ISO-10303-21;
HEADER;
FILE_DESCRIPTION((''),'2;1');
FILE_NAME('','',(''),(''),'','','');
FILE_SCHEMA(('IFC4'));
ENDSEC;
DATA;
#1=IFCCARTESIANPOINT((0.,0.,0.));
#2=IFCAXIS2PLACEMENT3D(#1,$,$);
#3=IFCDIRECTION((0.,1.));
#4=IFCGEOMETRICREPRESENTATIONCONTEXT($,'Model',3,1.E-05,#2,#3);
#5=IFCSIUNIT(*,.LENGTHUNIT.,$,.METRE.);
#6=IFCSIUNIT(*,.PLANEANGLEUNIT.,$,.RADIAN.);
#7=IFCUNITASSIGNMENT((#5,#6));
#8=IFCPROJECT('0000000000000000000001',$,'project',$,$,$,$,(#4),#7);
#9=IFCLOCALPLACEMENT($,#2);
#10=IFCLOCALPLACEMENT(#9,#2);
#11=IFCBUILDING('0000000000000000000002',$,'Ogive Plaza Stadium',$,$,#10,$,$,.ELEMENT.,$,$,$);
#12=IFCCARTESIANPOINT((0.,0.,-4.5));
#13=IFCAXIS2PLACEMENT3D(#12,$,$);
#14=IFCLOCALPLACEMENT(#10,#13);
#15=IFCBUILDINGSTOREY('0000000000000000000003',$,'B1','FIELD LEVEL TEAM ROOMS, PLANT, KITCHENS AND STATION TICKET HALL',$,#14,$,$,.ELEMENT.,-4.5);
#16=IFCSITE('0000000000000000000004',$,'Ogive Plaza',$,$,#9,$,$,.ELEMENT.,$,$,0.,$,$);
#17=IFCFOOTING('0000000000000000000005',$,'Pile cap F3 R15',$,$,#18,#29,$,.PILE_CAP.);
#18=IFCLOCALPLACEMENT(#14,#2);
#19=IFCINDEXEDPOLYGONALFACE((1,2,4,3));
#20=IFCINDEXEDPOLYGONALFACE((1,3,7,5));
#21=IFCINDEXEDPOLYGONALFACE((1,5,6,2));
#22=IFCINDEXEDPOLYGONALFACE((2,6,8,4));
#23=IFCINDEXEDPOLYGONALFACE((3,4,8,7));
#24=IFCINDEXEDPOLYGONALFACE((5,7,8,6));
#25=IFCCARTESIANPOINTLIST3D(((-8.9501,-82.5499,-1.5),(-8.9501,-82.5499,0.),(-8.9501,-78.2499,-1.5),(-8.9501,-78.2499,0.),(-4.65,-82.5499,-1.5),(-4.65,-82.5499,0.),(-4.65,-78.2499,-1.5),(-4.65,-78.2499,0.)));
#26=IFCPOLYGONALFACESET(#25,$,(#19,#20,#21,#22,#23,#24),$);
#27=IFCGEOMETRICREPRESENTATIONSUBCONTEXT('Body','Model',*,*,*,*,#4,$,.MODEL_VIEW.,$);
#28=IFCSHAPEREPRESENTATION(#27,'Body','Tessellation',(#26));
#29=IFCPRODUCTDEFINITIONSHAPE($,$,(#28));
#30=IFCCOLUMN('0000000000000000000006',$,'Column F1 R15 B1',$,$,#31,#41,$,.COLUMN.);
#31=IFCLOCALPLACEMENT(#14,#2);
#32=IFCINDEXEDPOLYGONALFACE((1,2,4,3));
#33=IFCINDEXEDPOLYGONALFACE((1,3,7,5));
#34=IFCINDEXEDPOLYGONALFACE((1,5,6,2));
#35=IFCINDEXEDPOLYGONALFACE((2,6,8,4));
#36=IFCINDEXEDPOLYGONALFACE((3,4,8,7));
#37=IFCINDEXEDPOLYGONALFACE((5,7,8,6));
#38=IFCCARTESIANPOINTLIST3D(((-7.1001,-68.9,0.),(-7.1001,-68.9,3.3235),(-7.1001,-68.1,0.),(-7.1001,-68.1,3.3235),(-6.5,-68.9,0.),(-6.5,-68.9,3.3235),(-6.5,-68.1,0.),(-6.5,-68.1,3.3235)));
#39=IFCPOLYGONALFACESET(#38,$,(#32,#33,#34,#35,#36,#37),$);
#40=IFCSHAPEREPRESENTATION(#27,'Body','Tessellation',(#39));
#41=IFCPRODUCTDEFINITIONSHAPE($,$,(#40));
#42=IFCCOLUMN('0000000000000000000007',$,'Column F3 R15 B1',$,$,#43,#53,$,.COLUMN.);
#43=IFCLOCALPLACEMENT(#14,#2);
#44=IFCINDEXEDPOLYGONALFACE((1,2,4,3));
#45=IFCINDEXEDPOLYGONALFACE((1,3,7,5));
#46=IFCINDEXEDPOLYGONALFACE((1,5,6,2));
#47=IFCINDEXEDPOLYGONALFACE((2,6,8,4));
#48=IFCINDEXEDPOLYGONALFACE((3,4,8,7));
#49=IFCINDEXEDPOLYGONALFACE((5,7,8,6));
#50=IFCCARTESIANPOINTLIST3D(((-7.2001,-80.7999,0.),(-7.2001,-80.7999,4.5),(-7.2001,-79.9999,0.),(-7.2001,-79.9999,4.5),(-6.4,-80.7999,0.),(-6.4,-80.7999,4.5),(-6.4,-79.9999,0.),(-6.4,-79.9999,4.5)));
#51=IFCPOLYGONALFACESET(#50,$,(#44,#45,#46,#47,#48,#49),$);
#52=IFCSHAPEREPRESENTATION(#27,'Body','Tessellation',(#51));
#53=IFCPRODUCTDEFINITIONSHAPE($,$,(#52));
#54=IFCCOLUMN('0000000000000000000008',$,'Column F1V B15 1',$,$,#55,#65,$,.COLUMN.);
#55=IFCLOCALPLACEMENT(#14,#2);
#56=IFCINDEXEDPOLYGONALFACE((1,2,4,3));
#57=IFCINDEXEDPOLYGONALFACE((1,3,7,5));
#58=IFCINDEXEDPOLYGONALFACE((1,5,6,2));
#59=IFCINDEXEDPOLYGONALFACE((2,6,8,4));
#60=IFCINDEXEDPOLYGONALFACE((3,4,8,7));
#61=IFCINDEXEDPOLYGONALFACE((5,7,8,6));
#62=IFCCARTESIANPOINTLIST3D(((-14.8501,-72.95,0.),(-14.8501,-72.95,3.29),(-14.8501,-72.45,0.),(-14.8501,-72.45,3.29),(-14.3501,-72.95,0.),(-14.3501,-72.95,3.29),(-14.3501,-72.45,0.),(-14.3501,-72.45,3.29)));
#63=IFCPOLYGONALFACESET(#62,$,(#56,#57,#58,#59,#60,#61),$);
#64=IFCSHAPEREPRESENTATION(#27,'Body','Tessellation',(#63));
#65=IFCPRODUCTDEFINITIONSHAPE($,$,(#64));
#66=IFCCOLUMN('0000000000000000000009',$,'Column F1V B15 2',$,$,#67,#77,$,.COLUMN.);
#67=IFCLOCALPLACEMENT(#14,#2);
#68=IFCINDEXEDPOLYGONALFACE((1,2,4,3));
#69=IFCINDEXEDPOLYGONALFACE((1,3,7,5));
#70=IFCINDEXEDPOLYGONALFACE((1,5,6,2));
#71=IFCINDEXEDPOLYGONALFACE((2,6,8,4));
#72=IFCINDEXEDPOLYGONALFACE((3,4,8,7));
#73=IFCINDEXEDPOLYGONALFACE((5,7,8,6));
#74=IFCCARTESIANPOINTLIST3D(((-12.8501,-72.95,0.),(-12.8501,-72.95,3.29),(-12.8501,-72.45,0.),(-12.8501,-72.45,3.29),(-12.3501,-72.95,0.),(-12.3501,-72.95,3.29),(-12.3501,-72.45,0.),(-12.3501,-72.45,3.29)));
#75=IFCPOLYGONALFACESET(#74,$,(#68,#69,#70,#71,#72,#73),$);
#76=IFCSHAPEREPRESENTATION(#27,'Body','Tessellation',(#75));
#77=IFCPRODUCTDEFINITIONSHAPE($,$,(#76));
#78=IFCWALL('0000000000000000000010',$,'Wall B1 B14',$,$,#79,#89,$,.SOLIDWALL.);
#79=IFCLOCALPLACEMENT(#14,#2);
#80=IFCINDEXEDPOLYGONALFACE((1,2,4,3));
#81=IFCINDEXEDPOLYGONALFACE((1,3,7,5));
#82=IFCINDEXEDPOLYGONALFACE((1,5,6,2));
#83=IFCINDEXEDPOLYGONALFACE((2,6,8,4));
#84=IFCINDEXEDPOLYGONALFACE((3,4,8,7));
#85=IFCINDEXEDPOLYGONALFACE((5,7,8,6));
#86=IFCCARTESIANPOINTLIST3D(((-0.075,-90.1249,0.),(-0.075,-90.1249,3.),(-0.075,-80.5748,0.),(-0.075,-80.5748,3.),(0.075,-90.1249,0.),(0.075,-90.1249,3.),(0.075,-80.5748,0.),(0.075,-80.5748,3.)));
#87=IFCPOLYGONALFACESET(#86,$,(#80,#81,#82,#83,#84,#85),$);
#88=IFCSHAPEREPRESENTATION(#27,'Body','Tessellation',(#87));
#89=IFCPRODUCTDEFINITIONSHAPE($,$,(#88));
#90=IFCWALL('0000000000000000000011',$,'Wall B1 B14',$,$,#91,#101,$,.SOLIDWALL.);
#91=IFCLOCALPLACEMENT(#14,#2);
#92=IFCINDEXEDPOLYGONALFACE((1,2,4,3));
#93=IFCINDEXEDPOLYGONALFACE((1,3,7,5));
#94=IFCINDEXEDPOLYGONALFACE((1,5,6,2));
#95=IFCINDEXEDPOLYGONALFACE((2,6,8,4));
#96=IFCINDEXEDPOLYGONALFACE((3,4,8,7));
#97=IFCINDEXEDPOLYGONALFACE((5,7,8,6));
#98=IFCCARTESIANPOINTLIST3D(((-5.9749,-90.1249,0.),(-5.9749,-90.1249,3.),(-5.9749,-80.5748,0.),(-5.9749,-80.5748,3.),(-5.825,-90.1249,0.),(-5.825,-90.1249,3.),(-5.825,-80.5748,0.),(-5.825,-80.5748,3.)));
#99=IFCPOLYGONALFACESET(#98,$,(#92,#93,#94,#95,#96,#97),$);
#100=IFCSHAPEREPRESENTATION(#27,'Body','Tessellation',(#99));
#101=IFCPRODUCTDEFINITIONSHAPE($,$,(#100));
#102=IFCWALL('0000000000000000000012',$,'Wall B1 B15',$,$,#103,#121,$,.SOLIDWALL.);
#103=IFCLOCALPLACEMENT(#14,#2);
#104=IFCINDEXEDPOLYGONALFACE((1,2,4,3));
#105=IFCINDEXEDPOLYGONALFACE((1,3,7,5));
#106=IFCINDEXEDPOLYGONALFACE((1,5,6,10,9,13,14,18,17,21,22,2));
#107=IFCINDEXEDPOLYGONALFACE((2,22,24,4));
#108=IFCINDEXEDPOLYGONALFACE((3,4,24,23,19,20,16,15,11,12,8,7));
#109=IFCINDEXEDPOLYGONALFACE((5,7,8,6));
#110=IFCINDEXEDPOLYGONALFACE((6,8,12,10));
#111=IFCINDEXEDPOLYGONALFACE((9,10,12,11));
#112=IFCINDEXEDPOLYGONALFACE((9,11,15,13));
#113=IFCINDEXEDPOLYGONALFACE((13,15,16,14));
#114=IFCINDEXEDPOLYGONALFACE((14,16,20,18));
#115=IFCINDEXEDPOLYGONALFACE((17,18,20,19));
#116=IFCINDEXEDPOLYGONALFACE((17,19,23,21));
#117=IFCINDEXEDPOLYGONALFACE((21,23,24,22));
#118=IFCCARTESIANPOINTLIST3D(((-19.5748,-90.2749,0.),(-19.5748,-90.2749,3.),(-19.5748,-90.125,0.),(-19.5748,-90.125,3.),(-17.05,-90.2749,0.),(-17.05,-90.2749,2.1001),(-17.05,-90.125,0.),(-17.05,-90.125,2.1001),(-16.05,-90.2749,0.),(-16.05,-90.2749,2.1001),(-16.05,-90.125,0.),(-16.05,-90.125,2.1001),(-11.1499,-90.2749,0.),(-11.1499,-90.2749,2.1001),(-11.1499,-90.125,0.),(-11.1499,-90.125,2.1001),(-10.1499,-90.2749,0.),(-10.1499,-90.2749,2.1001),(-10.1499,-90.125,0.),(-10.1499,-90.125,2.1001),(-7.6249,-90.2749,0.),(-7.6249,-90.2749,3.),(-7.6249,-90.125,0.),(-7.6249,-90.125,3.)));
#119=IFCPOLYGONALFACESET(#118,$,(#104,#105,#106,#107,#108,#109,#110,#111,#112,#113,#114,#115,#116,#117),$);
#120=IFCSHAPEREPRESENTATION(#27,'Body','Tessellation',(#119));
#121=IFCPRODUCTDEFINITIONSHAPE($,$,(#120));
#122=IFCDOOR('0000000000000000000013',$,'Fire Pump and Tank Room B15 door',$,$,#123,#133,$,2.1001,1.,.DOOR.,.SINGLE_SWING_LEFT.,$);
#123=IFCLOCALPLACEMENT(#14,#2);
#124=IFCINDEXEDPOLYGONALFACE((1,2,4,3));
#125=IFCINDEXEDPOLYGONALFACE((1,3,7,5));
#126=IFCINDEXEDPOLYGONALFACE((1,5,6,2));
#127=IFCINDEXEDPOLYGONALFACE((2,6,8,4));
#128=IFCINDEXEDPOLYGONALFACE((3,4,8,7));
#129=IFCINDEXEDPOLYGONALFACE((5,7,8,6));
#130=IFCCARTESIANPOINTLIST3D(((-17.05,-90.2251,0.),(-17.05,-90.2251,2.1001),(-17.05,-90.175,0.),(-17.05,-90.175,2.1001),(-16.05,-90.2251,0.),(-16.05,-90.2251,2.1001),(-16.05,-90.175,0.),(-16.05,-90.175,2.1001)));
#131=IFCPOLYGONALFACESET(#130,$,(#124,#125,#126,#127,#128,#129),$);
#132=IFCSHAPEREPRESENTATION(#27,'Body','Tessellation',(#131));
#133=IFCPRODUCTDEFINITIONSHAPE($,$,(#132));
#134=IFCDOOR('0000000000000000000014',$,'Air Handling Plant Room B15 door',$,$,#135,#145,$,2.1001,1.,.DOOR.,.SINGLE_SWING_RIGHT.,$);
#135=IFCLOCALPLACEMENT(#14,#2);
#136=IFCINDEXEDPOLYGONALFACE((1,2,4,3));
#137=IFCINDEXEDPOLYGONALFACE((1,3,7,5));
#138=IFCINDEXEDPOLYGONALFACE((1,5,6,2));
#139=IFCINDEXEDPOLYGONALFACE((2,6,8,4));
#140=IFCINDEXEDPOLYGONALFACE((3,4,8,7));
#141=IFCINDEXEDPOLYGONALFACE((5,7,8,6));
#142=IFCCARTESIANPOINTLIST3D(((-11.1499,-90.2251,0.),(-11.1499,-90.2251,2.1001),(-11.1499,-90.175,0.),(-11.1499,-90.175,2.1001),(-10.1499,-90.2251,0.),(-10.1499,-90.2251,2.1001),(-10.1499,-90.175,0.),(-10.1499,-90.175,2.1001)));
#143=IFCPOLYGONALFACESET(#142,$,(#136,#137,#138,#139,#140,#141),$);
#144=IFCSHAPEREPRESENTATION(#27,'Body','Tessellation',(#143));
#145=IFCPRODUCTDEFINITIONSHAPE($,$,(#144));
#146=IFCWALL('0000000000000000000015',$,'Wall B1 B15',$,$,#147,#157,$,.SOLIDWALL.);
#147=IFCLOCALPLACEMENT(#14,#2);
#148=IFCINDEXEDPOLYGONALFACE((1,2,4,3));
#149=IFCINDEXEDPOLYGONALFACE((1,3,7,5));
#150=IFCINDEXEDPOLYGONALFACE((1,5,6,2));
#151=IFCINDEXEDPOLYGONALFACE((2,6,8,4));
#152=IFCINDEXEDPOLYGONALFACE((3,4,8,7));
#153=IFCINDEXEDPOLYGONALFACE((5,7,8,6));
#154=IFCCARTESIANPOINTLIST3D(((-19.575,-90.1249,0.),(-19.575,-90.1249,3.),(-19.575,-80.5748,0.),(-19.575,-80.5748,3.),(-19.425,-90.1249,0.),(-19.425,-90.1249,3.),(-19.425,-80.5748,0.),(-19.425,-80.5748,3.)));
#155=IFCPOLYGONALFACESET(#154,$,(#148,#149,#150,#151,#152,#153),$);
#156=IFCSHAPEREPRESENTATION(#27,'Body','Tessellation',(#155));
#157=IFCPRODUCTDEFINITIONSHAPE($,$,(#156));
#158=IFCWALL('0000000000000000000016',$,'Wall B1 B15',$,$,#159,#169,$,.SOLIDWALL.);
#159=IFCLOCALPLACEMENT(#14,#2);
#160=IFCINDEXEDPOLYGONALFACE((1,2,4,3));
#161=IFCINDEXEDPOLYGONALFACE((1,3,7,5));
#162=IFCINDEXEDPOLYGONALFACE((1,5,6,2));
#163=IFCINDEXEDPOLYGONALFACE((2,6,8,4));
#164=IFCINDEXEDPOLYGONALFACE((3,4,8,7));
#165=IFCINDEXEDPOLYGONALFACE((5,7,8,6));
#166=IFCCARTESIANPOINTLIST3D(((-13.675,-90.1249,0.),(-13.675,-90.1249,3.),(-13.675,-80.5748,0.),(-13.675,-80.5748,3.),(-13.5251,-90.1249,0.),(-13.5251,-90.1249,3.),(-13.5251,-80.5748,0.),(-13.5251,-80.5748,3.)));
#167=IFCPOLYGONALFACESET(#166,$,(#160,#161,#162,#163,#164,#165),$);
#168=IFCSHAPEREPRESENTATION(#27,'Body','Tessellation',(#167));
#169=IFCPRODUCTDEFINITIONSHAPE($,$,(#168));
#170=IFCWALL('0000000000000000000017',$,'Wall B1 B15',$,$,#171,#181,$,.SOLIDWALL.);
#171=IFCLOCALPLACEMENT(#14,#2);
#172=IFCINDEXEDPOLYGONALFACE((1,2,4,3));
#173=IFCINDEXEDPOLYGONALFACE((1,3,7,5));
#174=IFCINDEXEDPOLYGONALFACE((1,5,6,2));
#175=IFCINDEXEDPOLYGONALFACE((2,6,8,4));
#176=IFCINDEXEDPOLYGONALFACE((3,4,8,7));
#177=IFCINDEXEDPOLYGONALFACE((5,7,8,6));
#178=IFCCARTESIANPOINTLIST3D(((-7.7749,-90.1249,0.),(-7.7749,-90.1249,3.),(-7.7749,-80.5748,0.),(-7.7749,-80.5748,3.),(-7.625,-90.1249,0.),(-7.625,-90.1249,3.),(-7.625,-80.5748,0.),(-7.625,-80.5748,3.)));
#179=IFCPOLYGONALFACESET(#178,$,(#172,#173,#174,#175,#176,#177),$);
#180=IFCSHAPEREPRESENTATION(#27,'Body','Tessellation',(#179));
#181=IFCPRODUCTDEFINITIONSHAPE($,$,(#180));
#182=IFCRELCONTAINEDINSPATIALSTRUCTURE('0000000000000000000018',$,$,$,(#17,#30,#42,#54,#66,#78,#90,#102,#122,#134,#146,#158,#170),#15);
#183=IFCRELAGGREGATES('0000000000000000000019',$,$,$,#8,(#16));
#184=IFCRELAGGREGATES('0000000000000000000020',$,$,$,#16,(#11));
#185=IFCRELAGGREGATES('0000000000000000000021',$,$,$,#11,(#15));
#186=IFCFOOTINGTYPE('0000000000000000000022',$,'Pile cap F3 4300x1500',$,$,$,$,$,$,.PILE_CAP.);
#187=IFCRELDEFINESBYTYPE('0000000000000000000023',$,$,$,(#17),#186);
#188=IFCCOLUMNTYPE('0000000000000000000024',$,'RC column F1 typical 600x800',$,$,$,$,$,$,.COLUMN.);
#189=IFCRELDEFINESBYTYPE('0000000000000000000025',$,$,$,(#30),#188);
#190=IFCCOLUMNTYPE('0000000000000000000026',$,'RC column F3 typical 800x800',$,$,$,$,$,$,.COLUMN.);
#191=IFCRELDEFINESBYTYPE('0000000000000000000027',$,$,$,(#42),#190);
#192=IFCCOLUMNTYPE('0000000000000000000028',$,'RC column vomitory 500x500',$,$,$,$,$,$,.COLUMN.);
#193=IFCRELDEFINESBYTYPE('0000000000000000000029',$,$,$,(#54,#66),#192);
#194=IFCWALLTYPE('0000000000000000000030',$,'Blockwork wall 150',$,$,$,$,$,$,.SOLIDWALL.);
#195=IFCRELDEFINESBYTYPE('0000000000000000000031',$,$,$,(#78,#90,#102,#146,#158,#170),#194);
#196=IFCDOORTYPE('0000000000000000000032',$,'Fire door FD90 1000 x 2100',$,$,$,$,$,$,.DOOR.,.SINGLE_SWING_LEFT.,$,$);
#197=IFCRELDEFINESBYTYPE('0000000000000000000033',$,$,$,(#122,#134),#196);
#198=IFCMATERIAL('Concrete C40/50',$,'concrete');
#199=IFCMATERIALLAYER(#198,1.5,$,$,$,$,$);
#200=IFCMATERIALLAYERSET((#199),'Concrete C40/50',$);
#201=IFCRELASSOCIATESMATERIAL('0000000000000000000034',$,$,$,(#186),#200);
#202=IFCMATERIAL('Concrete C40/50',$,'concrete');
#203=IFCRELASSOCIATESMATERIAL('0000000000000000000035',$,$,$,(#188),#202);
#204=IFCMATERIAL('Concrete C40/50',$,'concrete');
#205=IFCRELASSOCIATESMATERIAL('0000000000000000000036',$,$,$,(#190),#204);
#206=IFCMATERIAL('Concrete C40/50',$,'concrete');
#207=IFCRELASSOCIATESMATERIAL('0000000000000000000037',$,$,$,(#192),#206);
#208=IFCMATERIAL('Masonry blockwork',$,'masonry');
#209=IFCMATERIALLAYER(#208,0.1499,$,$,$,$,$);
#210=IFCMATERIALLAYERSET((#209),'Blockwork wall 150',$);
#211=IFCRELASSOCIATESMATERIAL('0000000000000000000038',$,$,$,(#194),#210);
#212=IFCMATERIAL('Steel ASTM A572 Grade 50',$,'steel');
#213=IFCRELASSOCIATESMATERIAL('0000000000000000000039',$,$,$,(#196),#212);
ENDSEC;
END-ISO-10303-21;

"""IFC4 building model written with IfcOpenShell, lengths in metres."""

from ifc_helpers import new_model, si_unit, direction, frame, frame_2d, origin, origin_2d, place, context, subcontext, project, spatial, rectangle, extrude, material, layer, layer_set, material_profile, profile_set, type_object, element, fill, save


model = new_model("IFC4")

# Units and contexts
model_context = context("Model", 3, precision=1e-05, world=origin(), true_north=direction((0.0, 1.0)))
body_context = subcontext(model_context, "Body", "Model", "MODEL_VIEW")
ifc_project = project(units=[si_unit("LENGTHUNIT", "METRE"), si_unit("PLANEANGLEUNIT", "RADIAN")], contexts=[model_context])

# Site, building, storey
site_placement = place(None, origin())
site = spatial("IfcSite", under=ifc_project, at=site_placement, Name="Ogive Plaza", CompositionType="ELEMENT", RefElevation=0.0)
building_placement = place(site_placement, origin())
building = spatial("IfcBuilding", under=site, at=building_placement, Name="Ogive Plaza Stadium", CompositionType="ELEMENT")
storey_placement = place(building_placement, frame((0.0, 0.0, -4.5)))
storey = spatial("IfcBuildingStorey", under=building, at=storey_placement, Name="B1", Description="FIELD LEVEL TEAM ROOMS, PLANT, KITCHENS AND STATION TICKET HALL", CompositionType="ELEMENT", Elevation=-4.5)

# Footing
ifc_material_1 = material(Name="Concrete C40/50", Category="concrete")
ifc_layer_1 = layer(ifc_material_1, 1.5)
ifc_layer_set_1 = layer_set([ifc_layer_1], Name="Concrete C40/50")
footing_type_1 = type_object("IfcFootingType", Name="Pile cap F3 4300x1500", PredefinedType="PILE_CAP", material=ifc_layer_set_1)
footing_1_placement = place(storey_placement, frame((-6.8, -80.3999, -1.5), z_axis=(0.0, 0.0, 1.0), x_axis=(0.0, -1.0, 0.0)))
element("IfcFooting", 1, at=footing_1_placement, inside=storey, type_object=footing_type_1, Name="Pile cap F3 R15", PredefinedType="PILE_CAP", context=body_context, shape_type="SweptSolid", body=[
    extrude(rectangle(XDim=4.3, YDim=4.3, at=origin_2d()), origin(), (0.0, 0.0, 1.0), 1.5),
])

# Columns
ifc_material_2 = material(Name="Concrete C40/50", Category="concrete")
ifc_material_profile_1 = material_profile(ifc_material_2, rectangle(XDim=0.6001, YDim=0.8, at=origin_2d()), Name="RC 600x800")
ifc_profile_set_1 = profile_set([ifc_material_profile_1], Name="Concrete C40/50")
column_type_1 = type_object("IfcColumnType", Name="RC column F1 typical 600x800", PredefinedType="COLUMN", material=ifc_profile_set_1)
column_1_placement = place(storey_placement, frame((-6.8, -68.5, 0.0), z_axis=(0.0, 0.0, 1.0), x_axis=(1.0, 0.0, 0.0)))
element("IfcColumn", 2, at=column_1_placement, inside=storey, type_object=column_type_1, Name="Column F1 R15 B1", PredefinedType="COLUMN", context=body_context, shape_type="SweptSolid", body=[
    extrude(rectangle(XDim=0.6001, YDim=0.8, at=origin_2d()), origin(), (0.0, 0.0, 1.0), 3.3235),
])
ifc_material_3 = material(Name="Concrete C40/50", Category="concrete")
ifc_material_profile_2 = material_profile(ifc_material_3, rectangle(XDim=0.8, YDim=0.8, at=origin_2d()), Name="RC 800x800")
ifc_profile_set_2 = profile_set([ifc_material_profile_2], Name="Concrete C40/50")
column_type_2 = type_object("IfcColumnType", Name="RC column F3 typical 800x800", PredefinedType="COLUMN", material=ifc_profile_set_2)
column_2_placement = place(storey_placement, frame((-6.8, -80.3999, 0.0), z_axis=(0.0, 0.0, 1.0), x_axis=(1.0, 0.0, 0.0)))
element("IfcColumn", 3, at=column_2_placement, inside=storey, type_object=column_type_2, Name="Column F3 R15 B1", PredefinedType="COLUMN", context=body_context, shape_type="SweptSolid", body=[
    extrude(rectangle(XDim=0.8, YDim=0.8, at=origin_2d()), origin(), (0.0, 0.0, 1.0), 4.5),
])
ifc_material_4 = material(Name="Concrete C40/50", Category="concrete")
ifc_material_profile_3 = material_profile(ifc_material_4, rectangle(XDim=0.5, YDim=0.5, at=origin_2d()), Name="RC 500x500")
ifc_profile_set_3 = profile_set([ifc_material_profile_3], Name="Concrete C40/50")
column_type_3 = type_object("IfcColumnType", Name="RC column vomitory 500x500", PredefinedType="COLUMN", material=ifc_profile_set_3)
for number, where, z_axis, x_axis, name in (
    (4, (-14.6001, -72.7, 0.0), (0.0, 0.0, 1.0), (1.0, 0.0, 0.0), "Column F1V B15 1"),
    (5, (-12.6001, -72.7, 0.0), (0.0, 0.0, 1.0), (1.0, 0.0, 0.0), "Column F1V B15 2"),
):
    element("IfcColumn", number, at=place(storey_placement, frame(where, z_axis=z_axis, x_axis=x_axis)), inside=storey, type_object=column_type_3, Name=name, PredefinedType="COLUMN", context=body_context, shape_type="SweptSolid", body=[
        extrude(rectangle(XDim=0.5, YDim=0.5, at=origin_2d()), origin(), (0.0, 0.0, 1.0), 3.29),
    ])

# Walls
ifc_material_5 = material(Name="Masonry blockwork", Category="masonry")
ifc_layer_2 = layer(ifc_material_5, 0.1499)
ifc_layer_set_2 = layer_set([ifc_layer_2], Name="Blockwork wall 150")
wall_type = type_object("IfcWallType", Name="Blockwork wall 150", PredefinedType="SOLIDWALL", material=ifc_layer_set_2)
for number, where, z_axis, x_axis, name in (
    (6, (0.0, -80.575, 0.0), (0.0, 0.0, 1.0), (0.0, -1.0, 0.0), "Wall B1 B14"),
    (7, (-5.8999, -80.575, 0.0), (0.0, 0.0, 1.0), (0.0, -1.0, 0.0), "Wall B1 B14"),
):
    element("IfcWall", number, at=place(storey_placement, frame(where, z_axis=z_axis, x_axis=x_axis)), inside=storey, type_object=wall_type, Name=name, PredefinedType="SOLIDWALL", context=body_context, shape_type="SweptSolid", body=[
        extrude(rectangle(XDim=9.55, YDim=0.1499, at=frame_2d((4.7749, 0.0))), origin(), (0.0, 0.0, 1.0), 3.0),
    ])

# Wall, openings, doors
wall_placement = place(storey_placement, frame((-19.575, -90.2, 0.0), z_axis=(0.0, 0.0, 1.0), x_axis=(1.0, 0.0, 0.0)))
wall = element("IfcWall", 8, at=wall_placement, inside=storey, type_object=wall_type, Name="Wall B1 B15", PredefinedType="SOLIDWALL", context=body_context, shape_type="SweptSolid", body=[
    extrude(rectangle(XDim=11.95, YDim=0.1499, at=frame_2d((5.9751, 0.0))), origin(), (0.0, 0.0, 1.0), 3.0),
])
opening_1_placement = place(wall_placement, frame((2.5249, 0.0, 0.0)))
opening_1 = element("IfcOpeningElement", 9, at=opening_1_placement, cuts=wall, PredefinedType="OPENING", context=body_context, shape_type="SweptSolid", body=[
    extrude(rectangle(XDim=1.0, YDim=2.1001, at=frame_2d((0.5, 1.05))), frame((0.0, 0.075, 0.0), z_axis=(0.0, -1.0, 0.0), x_axis=(1.0, 0.0, 0.0)), (0.0, 0.0, 1.0), 0.1499),
])
opening_2_placement = place(wall_placement, frame((8.425, 0.0, 0.0)))
opening_2 = element("IfcOpeningElement", 10, at=opening_2_placement, cuts=wall, PredefinedType="OPENING", context=body_context, shape_type="SweptSolid", body=[
    extrude(rectangle(XDim=1.0, YDim=2.1001, at=frame_2d((0.5, 1.05))), frame((0.0, 0.075, 0.0), z_axis=(0.0, -1.0, 0.0), x_axis=(1.0, 0.0, 0.0)), (0.0, 0.0, 1.0), 0.1499),
])
ifc_material_6 = material(Name="Steel ASTM A572 Grade 50", Category="steel")
door_type = type_object("IfcDoorType", Name="Fire door FD90 1000 x 2100", OperationType="SINGLE_SWING_LEFT", PredefinedType="DOOR", material=ifc_material_6)
door_1_placement = place(opening_1_placement, origin())
door_1 = element("IfcDoor", 11, at=door_1_placement, inside=storey, type_object=door_type, Name="Fire Pump and Tank Room B15 door", OperationType="SINGLE_SWING_LEFT", OverallHeight=2.1001, OverallWidth=1.0, PredefinedType="DOOR", context=body_context, shape_type="SweptSolid", body=[
    extrude(rectangle(XDim=1.0, YDim=2.1001, at=frame_2d((0.5, 1.05))), frame((0.0, 0.0249, 0.0), z_axis=(0.0, -1.0, 0.0), x_axis=(1.0, 0.0, 0.0)), (0.0, 0.0, 1.0), 0.05),
])
fill(opening_1, door_1)
door_2_placement = place(opening_2_placement, origin())
door_2 = element("IfcDoor", 12, at=door_2_placement, inside=storey, type_object=door_type, Name="Air Handling Plant Room B15 door", OperationType="SINGLE_SWING_RIGHT", OverallHeight=2.1001, OverallWidth=1.0, PredefinedType="DOOR", context=body_context, shape_type="SweptSolid", body=[
    extrude(rectangle(XDim=1.0, YDim=2.1001, at=frame_2d((0.5, 1.05))), frame((0.0, 0.0249, 0.0), z_axis=(0.0, -1.0, 0.0), x_axis=(1.0, 0.0, 0.0)), (0.0, 0.0, 1.0), 0.05),
])
fill(opening_2, door_2)

# Walls
for number, where, z_axis, x_axis, name in (
    (13, (-19.5, -80.575, 0.0), (0.0, 0.0, 1.0), (0.0, -1.0, 0.0), "Wall B1 B15"),
    (14, (-13.6001, -80.575, 0.0), (0.0, 0.0, 1.0), (0.0, -1.0, 0.0), "Wall B1 B15"),
    (15, (-7.7, -80.575, 0.0), (0.0, 0.0, 1.0), (0.0, -1.0, 0.0), "Wall B1 B15"),
):
    element("IfcWall", number, at=place(storey_placement, frame(where, z_axis=z_axis, x_axis=x_axis)), inside=storey, type_object=wall_type, Name=name, PredefinedType="SOLIDWALL", context=body_context, shape_type="SweptSolid", body=[
        extrude(rectangle(XDim=9.55, YDim=0.1499, at=frame_2d((4.7749, 0.0))), origin(), (0.0, 0.0, 1.0), 3.0),
    ])

save(model, "model.ifc")
